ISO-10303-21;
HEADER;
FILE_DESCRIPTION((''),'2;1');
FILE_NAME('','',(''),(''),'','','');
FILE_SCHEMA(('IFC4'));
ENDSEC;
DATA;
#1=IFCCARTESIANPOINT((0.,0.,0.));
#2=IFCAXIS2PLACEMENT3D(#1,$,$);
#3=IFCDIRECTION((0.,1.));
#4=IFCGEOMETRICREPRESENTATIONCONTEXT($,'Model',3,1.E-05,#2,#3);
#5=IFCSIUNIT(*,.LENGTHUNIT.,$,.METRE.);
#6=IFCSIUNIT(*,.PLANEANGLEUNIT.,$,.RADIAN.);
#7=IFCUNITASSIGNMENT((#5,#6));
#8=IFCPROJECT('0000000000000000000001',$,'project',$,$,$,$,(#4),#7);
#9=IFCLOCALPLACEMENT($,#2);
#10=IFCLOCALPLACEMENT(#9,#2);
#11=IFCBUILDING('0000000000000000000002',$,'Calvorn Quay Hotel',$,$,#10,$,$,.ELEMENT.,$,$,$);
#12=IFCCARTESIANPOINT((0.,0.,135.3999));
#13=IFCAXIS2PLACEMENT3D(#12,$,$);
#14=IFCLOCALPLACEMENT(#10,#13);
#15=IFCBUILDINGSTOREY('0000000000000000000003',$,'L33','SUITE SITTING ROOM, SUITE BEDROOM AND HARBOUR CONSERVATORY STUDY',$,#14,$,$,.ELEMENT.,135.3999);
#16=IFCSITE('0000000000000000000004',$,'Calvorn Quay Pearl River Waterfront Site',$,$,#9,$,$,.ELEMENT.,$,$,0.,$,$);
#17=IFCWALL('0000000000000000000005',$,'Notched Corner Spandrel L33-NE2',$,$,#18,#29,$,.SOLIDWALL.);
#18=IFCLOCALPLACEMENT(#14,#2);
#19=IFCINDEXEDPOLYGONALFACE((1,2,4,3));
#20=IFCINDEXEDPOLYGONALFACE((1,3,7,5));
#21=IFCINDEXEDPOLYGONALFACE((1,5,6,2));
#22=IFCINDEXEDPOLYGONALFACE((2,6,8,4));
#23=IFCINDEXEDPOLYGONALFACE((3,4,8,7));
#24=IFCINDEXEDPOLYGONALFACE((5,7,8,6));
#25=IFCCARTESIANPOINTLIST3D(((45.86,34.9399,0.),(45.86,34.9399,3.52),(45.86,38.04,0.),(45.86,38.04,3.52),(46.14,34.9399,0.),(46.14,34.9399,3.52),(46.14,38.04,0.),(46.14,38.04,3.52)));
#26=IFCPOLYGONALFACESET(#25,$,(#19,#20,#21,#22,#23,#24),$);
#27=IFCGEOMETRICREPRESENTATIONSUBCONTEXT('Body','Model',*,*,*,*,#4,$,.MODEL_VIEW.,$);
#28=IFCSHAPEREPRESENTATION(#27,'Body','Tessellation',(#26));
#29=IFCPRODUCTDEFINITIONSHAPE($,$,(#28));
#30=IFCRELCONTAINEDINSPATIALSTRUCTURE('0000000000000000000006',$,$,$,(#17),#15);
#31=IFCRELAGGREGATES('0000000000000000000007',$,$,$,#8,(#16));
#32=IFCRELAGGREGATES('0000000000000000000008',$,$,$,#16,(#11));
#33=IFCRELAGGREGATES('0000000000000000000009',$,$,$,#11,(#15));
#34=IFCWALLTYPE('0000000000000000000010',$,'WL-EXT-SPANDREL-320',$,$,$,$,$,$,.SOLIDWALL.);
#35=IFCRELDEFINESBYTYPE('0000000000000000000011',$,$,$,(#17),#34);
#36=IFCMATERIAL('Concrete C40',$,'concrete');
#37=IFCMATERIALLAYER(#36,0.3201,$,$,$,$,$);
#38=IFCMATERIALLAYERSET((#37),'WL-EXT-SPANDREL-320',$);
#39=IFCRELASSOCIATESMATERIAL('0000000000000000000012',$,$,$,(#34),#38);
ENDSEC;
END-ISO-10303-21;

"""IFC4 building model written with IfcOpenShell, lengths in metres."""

from ifc_helpers import new_model, si_unit, direction, frame, frame_2d, origin, place, context, subcontext, project, spatial, rectangle, extrude, material, layer, layer_set, type_object, element, save


model = new_model("IFC4")

# Units and contexts
model_context = context("Model", 3, precision=1e-05, world=origin(), true_north=direction((0.0, 1.0)))
body_context = subcontext(model_context, "Body", "Model", "MODEL_VIEW")
ifc_project = project(units=[si_unit("LENGTHUNIT", "METRE"), si_unit("PLANEANGLEUNIT", "RADIAN")], contexts=[model_context])

# Site, building, storey
site_placement = place(None, origin())
site = spatial("IfcSite", under=ifc_project, at=site_placement, Name="Calvorn Quay Pearl River Waterfront Site", CompositionType="ELEMENT", RefElevation=0.0)
building_placement = place(site_placement, origin())
building = spatial("IfcBuilding", under=site, at=building_placement, Name="Calvorn Quay Hotel", CompositionType="ELEMENT")
storey_placement = place(building_placement, frame((0.0, 0.0, 135.3999)))
storey = spatial("IfcBuildingStorey", under=building, at=storey_placement, Name="L33", Description="SUITE SITTING ROOM, SUITE BEDROOM AND HARBOUR CONSERVATORY STUDY", CompositionType="ELEMENT", Elevation=135.3999)

# Wall
ifc_material_1 = material(Name="Concrete C40", Category="concrete")
ifc_layer_1 = layer(ifc_material_1, 0.3201)
ifc_layer_set_1 = layer_set([ifc_layer_1], Name="WL-EXT-SPANDREL-320")
wall_type = type_object("IfcWallType", Name="WL-EXT-SPANDREL-320", PredefinedType="SOLIDWALL", material=ifc_layer_set_1)
wall_1_placement = place(storey_placement, frame((46.0, 34.9399, 0.0), z_axis=(0.0, 0.0, 1.0), x_axis=(0.0, 1.0, 0.0)))
element("IfcWall", 1, at=wall_1_placement, inside=storey, type_object=wall_type, Name="Notched Corner Spandrel L33-NE2", PredefinedType="SOLIDWALL", context=body_context, shape_type="SweptSolid", body=[
    extrude(rectangle(XDim=3.1001, YDim=0.28, at=frame_2d((1.55, 0.0))), origin(), (0.0, 0.0, 1.0), 3.52),
])

save(model, "model.ifc")
